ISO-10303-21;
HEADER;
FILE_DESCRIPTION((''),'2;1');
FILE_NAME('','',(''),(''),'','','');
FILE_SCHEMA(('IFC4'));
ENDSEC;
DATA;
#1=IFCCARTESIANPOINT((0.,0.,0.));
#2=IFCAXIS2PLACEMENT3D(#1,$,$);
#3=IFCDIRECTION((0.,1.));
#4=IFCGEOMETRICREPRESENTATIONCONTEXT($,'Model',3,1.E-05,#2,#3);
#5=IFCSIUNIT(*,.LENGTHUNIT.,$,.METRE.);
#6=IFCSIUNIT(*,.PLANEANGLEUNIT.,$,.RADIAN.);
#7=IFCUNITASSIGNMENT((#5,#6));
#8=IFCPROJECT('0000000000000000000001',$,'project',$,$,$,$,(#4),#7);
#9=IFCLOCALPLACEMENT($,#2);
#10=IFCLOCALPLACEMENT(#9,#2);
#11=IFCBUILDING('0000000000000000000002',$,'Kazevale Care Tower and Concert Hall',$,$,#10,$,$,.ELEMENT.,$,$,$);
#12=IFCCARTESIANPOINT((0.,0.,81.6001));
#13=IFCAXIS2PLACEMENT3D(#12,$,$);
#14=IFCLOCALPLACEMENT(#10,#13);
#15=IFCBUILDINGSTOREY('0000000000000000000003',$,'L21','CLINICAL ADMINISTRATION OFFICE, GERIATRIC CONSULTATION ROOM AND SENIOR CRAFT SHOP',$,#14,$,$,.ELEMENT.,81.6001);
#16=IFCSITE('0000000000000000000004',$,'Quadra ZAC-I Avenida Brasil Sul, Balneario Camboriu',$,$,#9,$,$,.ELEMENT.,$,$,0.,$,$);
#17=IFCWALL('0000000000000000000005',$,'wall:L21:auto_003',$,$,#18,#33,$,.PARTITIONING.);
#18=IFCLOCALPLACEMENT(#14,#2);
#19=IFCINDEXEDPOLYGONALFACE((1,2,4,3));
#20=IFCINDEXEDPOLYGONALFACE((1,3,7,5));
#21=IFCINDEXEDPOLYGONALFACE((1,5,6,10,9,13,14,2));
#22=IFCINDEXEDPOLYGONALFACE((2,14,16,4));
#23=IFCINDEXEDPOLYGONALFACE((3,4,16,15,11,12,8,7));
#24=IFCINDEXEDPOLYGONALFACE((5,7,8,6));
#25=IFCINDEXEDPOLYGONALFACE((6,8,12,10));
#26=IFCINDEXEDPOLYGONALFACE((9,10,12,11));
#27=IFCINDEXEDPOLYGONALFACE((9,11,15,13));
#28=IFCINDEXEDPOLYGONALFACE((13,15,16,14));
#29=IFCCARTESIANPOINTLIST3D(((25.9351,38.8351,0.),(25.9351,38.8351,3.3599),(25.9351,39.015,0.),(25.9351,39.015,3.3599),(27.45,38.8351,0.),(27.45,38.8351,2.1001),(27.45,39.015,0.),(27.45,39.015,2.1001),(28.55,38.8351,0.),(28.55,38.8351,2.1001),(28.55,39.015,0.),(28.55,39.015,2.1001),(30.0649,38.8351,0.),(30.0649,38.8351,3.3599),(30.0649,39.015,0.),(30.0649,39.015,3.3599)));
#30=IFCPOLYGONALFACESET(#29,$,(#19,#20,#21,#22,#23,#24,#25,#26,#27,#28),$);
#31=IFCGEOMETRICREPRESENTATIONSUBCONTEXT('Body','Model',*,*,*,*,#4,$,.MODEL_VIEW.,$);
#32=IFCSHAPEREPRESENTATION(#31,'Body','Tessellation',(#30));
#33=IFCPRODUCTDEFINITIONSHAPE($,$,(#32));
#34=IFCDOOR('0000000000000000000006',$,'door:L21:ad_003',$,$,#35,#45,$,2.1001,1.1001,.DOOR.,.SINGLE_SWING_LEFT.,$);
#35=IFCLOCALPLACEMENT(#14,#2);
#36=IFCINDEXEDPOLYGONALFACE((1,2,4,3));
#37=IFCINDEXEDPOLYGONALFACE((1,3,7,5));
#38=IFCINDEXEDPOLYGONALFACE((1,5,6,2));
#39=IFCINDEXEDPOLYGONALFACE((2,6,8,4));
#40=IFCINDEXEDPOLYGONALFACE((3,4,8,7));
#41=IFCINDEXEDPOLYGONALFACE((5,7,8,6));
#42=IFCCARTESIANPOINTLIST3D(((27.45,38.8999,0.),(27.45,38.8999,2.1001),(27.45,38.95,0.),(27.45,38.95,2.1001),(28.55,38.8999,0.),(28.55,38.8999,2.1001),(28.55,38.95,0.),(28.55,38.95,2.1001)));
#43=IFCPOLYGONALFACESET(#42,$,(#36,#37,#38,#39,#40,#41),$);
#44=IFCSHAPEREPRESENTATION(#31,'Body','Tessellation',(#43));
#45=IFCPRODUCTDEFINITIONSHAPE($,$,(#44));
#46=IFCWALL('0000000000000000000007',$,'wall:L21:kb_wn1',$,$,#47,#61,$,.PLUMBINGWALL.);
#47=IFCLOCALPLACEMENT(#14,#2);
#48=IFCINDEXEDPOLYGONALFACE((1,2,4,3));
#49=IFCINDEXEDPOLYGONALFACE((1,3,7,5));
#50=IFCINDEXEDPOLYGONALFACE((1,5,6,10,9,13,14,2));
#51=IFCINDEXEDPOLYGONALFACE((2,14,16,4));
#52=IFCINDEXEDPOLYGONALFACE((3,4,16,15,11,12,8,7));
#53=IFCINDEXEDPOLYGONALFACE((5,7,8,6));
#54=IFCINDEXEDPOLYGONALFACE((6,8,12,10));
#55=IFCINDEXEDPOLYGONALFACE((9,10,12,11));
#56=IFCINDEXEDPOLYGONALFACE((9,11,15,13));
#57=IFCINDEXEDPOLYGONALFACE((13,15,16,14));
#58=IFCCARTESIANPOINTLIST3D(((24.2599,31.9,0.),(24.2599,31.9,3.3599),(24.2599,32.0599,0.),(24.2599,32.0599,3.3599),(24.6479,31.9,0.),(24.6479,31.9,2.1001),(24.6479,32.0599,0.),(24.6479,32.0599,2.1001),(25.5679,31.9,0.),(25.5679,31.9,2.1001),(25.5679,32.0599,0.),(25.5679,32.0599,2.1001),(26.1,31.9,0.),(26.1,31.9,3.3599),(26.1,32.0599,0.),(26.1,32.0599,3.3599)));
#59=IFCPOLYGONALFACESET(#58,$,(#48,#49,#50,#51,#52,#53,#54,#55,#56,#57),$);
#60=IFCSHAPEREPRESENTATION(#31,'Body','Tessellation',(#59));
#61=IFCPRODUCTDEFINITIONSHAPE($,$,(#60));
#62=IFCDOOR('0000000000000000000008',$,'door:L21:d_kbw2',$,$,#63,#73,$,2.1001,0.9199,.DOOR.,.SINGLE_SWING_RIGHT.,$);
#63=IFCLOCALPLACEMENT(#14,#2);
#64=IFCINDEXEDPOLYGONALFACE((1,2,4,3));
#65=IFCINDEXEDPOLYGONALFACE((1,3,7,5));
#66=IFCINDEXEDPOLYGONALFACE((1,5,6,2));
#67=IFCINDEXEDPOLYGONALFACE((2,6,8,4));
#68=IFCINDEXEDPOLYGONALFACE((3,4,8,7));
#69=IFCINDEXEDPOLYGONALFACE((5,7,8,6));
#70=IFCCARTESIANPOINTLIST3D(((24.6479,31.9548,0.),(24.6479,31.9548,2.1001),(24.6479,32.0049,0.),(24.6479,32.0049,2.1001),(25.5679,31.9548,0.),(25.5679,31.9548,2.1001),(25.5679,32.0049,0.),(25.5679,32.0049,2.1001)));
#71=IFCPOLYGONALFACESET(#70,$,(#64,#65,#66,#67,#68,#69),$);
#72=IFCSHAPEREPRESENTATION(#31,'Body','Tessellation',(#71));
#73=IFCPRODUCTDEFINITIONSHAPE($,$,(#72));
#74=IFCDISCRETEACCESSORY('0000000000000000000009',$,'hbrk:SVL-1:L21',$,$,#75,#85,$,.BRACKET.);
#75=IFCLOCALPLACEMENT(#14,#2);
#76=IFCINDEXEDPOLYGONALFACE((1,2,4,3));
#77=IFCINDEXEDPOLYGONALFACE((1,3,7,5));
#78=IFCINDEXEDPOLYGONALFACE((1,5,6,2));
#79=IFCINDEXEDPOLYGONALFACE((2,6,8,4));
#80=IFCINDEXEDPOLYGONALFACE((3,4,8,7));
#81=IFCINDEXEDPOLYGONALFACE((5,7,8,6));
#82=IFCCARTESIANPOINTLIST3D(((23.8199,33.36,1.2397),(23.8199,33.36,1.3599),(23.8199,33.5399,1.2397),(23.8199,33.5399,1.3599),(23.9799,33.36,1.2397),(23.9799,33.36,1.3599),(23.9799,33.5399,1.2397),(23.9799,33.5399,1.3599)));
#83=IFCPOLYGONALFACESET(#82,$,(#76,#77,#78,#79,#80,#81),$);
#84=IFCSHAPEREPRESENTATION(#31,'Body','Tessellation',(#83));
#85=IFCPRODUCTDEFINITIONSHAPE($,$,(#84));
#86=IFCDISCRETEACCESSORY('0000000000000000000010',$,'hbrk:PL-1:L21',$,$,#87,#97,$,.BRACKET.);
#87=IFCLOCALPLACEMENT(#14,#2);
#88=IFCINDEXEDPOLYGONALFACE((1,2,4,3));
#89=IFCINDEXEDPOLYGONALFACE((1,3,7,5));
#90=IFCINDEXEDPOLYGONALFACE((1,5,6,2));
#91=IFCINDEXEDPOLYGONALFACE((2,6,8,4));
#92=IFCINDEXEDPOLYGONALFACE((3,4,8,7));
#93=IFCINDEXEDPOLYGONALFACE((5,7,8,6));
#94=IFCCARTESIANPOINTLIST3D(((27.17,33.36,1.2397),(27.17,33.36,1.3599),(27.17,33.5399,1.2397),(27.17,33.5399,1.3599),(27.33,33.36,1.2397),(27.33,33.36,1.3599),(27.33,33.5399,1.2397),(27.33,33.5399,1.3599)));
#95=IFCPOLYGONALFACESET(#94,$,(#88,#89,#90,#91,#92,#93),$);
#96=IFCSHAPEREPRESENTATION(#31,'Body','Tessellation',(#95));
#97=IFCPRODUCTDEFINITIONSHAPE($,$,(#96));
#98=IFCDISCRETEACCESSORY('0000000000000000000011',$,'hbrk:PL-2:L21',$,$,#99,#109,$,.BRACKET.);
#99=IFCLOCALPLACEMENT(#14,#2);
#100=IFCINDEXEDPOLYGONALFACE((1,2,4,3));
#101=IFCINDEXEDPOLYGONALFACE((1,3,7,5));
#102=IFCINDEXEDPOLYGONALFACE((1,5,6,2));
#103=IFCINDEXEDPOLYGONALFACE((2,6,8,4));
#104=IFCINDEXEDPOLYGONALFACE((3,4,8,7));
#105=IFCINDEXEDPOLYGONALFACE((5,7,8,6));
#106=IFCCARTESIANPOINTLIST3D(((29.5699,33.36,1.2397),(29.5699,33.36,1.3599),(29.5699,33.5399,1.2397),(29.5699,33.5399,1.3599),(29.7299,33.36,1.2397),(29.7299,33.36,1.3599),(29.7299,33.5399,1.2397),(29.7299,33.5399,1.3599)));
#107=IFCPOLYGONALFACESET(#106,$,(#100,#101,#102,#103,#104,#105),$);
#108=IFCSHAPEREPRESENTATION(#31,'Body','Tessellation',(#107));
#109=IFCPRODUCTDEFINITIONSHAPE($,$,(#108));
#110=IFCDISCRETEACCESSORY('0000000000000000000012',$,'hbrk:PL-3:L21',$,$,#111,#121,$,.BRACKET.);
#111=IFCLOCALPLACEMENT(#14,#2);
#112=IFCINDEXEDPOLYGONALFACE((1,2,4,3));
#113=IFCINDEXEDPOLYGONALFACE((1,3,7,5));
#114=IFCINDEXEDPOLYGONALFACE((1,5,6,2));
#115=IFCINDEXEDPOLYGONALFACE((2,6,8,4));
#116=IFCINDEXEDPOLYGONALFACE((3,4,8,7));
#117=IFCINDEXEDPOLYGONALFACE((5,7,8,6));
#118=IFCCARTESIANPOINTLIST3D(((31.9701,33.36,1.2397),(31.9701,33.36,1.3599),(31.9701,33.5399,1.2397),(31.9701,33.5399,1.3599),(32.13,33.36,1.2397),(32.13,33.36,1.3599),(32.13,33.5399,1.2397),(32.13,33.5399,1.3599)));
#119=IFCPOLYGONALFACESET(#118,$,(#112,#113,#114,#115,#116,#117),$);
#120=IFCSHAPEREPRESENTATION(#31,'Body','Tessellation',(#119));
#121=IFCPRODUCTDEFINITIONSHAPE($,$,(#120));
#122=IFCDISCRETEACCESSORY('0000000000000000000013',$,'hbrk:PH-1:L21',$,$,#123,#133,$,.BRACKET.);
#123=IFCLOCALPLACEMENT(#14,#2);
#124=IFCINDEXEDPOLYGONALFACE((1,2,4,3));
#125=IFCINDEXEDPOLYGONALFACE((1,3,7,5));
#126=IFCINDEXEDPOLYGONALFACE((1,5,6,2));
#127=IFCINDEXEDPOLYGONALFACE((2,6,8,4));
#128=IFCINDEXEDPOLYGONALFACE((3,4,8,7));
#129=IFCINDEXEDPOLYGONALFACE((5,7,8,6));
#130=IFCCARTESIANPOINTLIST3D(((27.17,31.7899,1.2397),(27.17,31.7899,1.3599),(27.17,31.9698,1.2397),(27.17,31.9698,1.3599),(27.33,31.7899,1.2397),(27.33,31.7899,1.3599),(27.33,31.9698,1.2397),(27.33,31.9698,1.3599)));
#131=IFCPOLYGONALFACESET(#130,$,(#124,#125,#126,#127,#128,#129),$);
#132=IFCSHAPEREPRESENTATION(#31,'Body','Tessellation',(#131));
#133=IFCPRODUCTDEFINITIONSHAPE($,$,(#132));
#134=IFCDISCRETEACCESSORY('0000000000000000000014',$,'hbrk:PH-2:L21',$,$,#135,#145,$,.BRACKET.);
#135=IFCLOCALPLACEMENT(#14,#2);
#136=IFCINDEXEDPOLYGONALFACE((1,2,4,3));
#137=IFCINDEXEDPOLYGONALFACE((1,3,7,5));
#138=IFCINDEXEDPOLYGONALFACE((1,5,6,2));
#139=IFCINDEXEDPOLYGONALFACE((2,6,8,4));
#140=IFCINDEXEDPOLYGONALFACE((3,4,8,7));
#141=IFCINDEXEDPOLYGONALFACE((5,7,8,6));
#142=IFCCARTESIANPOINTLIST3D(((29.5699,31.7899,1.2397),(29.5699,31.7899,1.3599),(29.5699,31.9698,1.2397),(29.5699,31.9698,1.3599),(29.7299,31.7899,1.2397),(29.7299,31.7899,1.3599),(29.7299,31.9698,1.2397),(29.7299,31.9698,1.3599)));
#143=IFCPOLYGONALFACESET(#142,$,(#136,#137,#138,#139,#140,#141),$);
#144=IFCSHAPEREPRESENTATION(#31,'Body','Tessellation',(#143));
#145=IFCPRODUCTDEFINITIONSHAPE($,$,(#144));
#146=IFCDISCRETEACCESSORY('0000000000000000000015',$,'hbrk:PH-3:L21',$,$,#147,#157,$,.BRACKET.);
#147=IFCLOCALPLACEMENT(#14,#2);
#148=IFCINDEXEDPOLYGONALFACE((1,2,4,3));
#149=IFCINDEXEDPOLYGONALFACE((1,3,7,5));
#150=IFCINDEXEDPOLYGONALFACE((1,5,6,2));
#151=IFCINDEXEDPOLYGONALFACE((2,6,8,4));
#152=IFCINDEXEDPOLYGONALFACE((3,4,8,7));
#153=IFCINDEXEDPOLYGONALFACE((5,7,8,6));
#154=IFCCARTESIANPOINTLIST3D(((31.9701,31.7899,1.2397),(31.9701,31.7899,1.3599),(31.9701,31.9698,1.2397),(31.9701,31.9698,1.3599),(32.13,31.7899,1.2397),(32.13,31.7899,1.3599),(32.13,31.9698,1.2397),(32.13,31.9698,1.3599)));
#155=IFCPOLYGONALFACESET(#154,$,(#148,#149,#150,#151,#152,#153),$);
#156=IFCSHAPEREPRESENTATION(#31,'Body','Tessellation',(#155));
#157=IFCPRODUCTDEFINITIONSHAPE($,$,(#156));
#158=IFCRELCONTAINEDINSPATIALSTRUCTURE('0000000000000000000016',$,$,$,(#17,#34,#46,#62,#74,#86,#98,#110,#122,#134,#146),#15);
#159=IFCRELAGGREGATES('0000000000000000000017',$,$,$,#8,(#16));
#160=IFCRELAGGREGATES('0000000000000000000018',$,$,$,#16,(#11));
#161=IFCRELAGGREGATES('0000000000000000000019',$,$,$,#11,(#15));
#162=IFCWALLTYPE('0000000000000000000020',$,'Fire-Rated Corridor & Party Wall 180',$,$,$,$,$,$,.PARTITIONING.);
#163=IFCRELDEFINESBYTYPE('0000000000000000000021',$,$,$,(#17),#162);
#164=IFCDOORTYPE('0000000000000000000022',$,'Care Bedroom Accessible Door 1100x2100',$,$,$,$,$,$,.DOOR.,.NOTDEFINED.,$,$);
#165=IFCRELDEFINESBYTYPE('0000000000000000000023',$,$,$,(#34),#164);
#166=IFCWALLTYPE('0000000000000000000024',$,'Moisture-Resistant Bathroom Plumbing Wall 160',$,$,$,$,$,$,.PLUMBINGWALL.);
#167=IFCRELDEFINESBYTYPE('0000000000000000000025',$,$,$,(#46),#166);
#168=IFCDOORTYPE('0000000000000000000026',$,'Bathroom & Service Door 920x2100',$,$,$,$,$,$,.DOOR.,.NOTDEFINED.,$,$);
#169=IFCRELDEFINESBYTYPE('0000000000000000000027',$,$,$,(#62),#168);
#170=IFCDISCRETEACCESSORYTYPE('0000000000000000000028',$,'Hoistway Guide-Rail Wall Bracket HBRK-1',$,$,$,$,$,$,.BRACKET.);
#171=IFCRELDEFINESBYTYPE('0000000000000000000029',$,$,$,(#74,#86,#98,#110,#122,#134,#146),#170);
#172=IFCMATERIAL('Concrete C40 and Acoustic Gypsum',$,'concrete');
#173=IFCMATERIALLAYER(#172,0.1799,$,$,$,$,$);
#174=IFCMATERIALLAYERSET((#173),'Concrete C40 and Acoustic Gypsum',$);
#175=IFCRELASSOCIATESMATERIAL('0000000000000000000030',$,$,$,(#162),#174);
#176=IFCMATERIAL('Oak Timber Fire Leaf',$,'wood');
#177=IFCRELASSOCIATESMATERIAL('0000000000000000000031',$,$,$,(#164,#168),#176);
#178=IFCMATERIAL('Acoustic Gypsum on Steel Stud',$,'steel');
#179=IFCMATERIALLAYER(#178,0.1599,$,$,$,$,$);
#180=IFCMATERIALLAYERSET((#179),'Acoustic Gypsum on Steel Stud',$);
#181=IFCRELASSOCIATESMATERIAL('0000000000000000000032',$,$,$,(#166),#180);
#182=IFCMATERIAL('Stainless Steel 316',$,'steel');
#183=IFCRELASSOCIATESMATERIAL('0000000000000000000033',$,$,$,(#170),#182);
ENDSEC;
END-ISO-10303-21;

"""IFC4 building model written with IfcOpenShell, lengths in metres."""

from ifc_helpers import new_model, si_unit, direction, frame, frame_2d, origin, origin_2d, place, context, subcontext, project, spatial, rectangle, extrude, material, layer, layer_set, type_object, element, fill, save


model = new_model("IFC4")

# Units and contexts
model_context = context("Model", 3, precision=1e-05, world=origin(), true_north=direction((0.0, 1.0)))
body_context = subcontext(model_context, "Body", "Model", "MODEL_VIEW")
ifc_project = project(units=[si_unit("LENGTHUNIT", "METRE"), si_unit("PLANEANGLEUNIT", "RADIAN")], contexts=[model_context])

# Site, building, storey
site_placement = place(None, origin())
site = spatial("IfcSite", under=ifc_project, at=site_placement, Name="Quadra ZAC-I Avenida Brasil Sul, Balneario Camboriu", CompositionType="ELEMENT", RefElevation=0.0)
building_placement = place(site_placement, origin())
building = spatial("IfcBuilding", under=site, at=building_placement, Name="Kazevale Care Tower and Concert Hall", CompositionType="ELEMENT")
storey_placement = place(building_placement, frame((0.0, 0.0, 81.6001)))
storey = spatial("IfcBuildingStorey", under=building, at=storey_placement, Name="L21", Description="CLINICAL ADMINISTRATION OFFICE, GERIATRIC CONSULTATION ROOM AND SENIOR CRAFT SHOP", CompositionType="ELEMENT", Elevation=81.6001)

# Shared definitions
ifc_material_1 = material(Name="Stainless Steel 316", Category="steel")

# Walls, openings, doors
ifc_material_2 = material(Name="Concrete C40 and Acoustic Gypsum", Category="concrete")
ifc_layer_1 = layer(ifc_material_2, 0.1799)
ifc_layer_set_1 = layer_set([ifc_layer_1], Name="Concrete C40 and Acoustic Gypsum")
wall_type_1 = type_object("IfcWallType", Name="Fire-Rated Corridor & Party Wall 180", PredefinedType="PARTITIONING", material=ifc_layer_set_1)
wall_1_placement = place(storey_placement, frame((25.9351, 38.925, 0.0), z_axis=(0.0, 0.0, 1.0), x_axis=(1.0, 0.0, 0.0)))
wall_1 = element("IfcWall", 1, at=wall_1_placement, inside=storey, type_object=wall_type_1, Name="wall:L21:auto_003", PredefinedType="PARTITIONING", context=body_context, shape_type="SweptSolid", body=[
    extrude(rectangle(XDim=4.1299, YDim=0.1799, at=frame_2d((2.0649, 0.0))), origin(), (0.0, 0.0, 1.0), 3.3599),
])
opening_1_placement = place(wall_1_placement, frame((1.5149, 0.0, 0.0)))
opening_1 = element("IfcOpeningElement", 2, at=opening_1_placement, cuts=wall_1, PredefinedType="OPENING", context=body_context, shape_type="SweptSolid", body=[
    extrude(rectangle(XDim=1.1001, YDim=2.1001, at=frame_2d((0.55, 1.05))), frame((0.0, 0.0999, 0.0), z_axis=(0.0, -1.0, 0.0), x_axis=(1.0, 0.0, 0.0)), (0.0, 0.0, 1.0), 0.2),
])
ifc_material_3 = material(Name="Oak Timber Fire Leaf", Category="wood")
door_type_1 = type_object("IfcDoorType", Name="Care Bedroom Accessible Door 1100x2100", OperationType="NOTDEFINED", PredefinedType="DOOR", material=ifc_material_3)
door_1_placement = place(opening_1_placement, origin())
door_1 = element("IfcDoor", 3, at=door_1_placement, inside=storey, type_object=door_type_1, Name="door:L21:ad_003", OperationType="SINGLE_SWING_LEFT", OverallHeight=2.1001, OverallWidth=1.1001, PredefinedType="DOOR", context=body_context, shape_type="SweptSolid", body=[
    extrude(rectangle(XDim=1.1001, YDim=2.1001, at=frame_2d((0.55, 1.05))), frame((0.0, 0.0249, 0.0), z_axis=(0.0, -1.0, 0.0), x_axis=(1.0, 0.0, 0.0)), (0.0, 0.0, 1.0), 0.05),
])
fill(opening_1, door_1)
ifc_material_4 = material(Name="Acoustic Gypsum on Steel Stud", Category="steel")
ifc_layer_2 = layer(ifc_material_4, 0.1599)
ifc_layer_set_2 = layer_set([ifc_layer_2], Name="Acoustic Gypsum on Steel Stud")
wall_type_2 = type_object("IfcWallType", Name="Moisture-Resistant Bathroom Plumbing Wall 160", PredefinedType="PLUMBINGWALL", material=ifc_layer_set_2)
wall_2_placement = place(storey_placement, frame((24.26, 31.98, 0.0), z_axis=(0.0, 0.0, 1.0), x_axis=(1.0, 0.0, 0.0)))
wall_2 = element("IfcWall", 4, at=wall_2_placement, inside=storey, type_object=wall_type_2, Name="wall:L21:kb_wn1", PredefinedType="PLUMBINGWALL", context=body_context, shape_type="SweptSolid", body=[
    extrude(rectangle(XDim=1.8401, YDim=0.1599, at=frame_2d((0.9199, 0.0))), origin(), (0.0, 0.0, 1.0), 3.3599),
])
opening_2_placement = place(wall_2_placement, frame((0.3879, 0.0, 0.0)))
opening_2 = element("IfcOpeningElement", 5, at=opening_2_placement, cuts=wall_2, PredefinedType="OPENING", context=body_context, shape_type="SweptSolid", body=[
    extrude(rectangle(XDim=0.9199, YDim=2.1001, at=frame_2d((0.46, 1.05))), frame((0.0, 0.0898, 0.0), z_axis=(0.0, -1.0, 0.0), x_axis=(1.0, 0.0, 0.0)), (0.0, 0.0, 1.0), 0.1799),
])
door_type_2 = type_object("IfcDoorType", Name="Bathroom & Service Door 920x2100", OperationType="NOTDEFINED", PredefinedType="DOOR", material=ifc_material_3)
door_2_placement = place(opening_2_placement, origin())
door_2 = element("IfcDoor", 6, at=door_2_placement, inside=storey, type_object=door_type_2, Name="door:L21:d_kbw2", OperationType="SINGLE_SWING_RIGHT", OverallHeight=2.1001, OverallWidth=0.9199, PredefinedType="DOOR", context=body_context, shape_type="SweptSolid", body=[
    extrude(rectangle(XDim=0.9199, YDim=2.1001, at=frame_2d((0.46, 1.05))), frame((0.0, 0.0249, 0.0), z_axis=(0.0, -1.0, 0.0), x_axis=(1.0, 0.0, 0.0)), (0.0, 0.0, 1.0), 0.05),
])
fill(opening_2, door_2)

# Discrete accessories
discrete_accessory_type = type_object("IfcDiscreteAccessoryType", Name="Hoistway Guide-Rail Wall Bracket HBRK-1", PredefinedType="BRACKET", material=ifc_material_1)
for number, where, z_axis, x_axis, name in (
    (7, (23.8999, 33.45, 1.2397), (0.0, 0.0, 1.0), (1.0, 0.0, 0.0), "hbrk:SVL-1:L21"),
    (8, (27.25, 33.45, 1.2397), (0.0, 0.0, 1.0), (1.0, 0.0, 0.0), "hbrk:PL-1:L21"),
    (9, (29.6499, 33.45, 1.2397), (0.0, 0.0, 1.0), (1.0, 0.0, 0.0), "hbrk:PL-2:L21"),
    (10, (32.05, 33.45, 1.2397), (0.0, 0.0, 1.0), (1.0, 0.0, 0.0), "hbrk:PL-3:L21"),
    (11, (27.25, 31.8799, 1.2397), (0.0, 0.0, 1.0), (1.0, 0.0, 0.0), "hbrk:PH-1:L21"),
    (12, (29.6499, 31.8799, 1.2397), (0.0, 0.0, 1.0), (1.0, 0.0, 0.0), "hbrk:PH-2:L21"),
    (13, (32.05, 31.8799, 1.2397), (0.0, 0.0, 1.0), (1.0, 0.0, 0.0), "hbrk:PH-3:L21"),
):
    element("IfcDiscreteAccessory", number, at=place(storey_placement, frame(where, z_axis=z_axis, x_axis=x_axis)), inside=storey, type_object=discrete_accessory_type, Name=name, PredefinedType="BRACKET", context=body_context, shape_type="SweptSolid", body=[
        extrude(rectangle(XDim=0.1599, YDim=0.1799, at=origin_2d()), origin(), (0.0, 0.0, 1.0), 0.1201),
    ])

save(model, "model.ifc")
